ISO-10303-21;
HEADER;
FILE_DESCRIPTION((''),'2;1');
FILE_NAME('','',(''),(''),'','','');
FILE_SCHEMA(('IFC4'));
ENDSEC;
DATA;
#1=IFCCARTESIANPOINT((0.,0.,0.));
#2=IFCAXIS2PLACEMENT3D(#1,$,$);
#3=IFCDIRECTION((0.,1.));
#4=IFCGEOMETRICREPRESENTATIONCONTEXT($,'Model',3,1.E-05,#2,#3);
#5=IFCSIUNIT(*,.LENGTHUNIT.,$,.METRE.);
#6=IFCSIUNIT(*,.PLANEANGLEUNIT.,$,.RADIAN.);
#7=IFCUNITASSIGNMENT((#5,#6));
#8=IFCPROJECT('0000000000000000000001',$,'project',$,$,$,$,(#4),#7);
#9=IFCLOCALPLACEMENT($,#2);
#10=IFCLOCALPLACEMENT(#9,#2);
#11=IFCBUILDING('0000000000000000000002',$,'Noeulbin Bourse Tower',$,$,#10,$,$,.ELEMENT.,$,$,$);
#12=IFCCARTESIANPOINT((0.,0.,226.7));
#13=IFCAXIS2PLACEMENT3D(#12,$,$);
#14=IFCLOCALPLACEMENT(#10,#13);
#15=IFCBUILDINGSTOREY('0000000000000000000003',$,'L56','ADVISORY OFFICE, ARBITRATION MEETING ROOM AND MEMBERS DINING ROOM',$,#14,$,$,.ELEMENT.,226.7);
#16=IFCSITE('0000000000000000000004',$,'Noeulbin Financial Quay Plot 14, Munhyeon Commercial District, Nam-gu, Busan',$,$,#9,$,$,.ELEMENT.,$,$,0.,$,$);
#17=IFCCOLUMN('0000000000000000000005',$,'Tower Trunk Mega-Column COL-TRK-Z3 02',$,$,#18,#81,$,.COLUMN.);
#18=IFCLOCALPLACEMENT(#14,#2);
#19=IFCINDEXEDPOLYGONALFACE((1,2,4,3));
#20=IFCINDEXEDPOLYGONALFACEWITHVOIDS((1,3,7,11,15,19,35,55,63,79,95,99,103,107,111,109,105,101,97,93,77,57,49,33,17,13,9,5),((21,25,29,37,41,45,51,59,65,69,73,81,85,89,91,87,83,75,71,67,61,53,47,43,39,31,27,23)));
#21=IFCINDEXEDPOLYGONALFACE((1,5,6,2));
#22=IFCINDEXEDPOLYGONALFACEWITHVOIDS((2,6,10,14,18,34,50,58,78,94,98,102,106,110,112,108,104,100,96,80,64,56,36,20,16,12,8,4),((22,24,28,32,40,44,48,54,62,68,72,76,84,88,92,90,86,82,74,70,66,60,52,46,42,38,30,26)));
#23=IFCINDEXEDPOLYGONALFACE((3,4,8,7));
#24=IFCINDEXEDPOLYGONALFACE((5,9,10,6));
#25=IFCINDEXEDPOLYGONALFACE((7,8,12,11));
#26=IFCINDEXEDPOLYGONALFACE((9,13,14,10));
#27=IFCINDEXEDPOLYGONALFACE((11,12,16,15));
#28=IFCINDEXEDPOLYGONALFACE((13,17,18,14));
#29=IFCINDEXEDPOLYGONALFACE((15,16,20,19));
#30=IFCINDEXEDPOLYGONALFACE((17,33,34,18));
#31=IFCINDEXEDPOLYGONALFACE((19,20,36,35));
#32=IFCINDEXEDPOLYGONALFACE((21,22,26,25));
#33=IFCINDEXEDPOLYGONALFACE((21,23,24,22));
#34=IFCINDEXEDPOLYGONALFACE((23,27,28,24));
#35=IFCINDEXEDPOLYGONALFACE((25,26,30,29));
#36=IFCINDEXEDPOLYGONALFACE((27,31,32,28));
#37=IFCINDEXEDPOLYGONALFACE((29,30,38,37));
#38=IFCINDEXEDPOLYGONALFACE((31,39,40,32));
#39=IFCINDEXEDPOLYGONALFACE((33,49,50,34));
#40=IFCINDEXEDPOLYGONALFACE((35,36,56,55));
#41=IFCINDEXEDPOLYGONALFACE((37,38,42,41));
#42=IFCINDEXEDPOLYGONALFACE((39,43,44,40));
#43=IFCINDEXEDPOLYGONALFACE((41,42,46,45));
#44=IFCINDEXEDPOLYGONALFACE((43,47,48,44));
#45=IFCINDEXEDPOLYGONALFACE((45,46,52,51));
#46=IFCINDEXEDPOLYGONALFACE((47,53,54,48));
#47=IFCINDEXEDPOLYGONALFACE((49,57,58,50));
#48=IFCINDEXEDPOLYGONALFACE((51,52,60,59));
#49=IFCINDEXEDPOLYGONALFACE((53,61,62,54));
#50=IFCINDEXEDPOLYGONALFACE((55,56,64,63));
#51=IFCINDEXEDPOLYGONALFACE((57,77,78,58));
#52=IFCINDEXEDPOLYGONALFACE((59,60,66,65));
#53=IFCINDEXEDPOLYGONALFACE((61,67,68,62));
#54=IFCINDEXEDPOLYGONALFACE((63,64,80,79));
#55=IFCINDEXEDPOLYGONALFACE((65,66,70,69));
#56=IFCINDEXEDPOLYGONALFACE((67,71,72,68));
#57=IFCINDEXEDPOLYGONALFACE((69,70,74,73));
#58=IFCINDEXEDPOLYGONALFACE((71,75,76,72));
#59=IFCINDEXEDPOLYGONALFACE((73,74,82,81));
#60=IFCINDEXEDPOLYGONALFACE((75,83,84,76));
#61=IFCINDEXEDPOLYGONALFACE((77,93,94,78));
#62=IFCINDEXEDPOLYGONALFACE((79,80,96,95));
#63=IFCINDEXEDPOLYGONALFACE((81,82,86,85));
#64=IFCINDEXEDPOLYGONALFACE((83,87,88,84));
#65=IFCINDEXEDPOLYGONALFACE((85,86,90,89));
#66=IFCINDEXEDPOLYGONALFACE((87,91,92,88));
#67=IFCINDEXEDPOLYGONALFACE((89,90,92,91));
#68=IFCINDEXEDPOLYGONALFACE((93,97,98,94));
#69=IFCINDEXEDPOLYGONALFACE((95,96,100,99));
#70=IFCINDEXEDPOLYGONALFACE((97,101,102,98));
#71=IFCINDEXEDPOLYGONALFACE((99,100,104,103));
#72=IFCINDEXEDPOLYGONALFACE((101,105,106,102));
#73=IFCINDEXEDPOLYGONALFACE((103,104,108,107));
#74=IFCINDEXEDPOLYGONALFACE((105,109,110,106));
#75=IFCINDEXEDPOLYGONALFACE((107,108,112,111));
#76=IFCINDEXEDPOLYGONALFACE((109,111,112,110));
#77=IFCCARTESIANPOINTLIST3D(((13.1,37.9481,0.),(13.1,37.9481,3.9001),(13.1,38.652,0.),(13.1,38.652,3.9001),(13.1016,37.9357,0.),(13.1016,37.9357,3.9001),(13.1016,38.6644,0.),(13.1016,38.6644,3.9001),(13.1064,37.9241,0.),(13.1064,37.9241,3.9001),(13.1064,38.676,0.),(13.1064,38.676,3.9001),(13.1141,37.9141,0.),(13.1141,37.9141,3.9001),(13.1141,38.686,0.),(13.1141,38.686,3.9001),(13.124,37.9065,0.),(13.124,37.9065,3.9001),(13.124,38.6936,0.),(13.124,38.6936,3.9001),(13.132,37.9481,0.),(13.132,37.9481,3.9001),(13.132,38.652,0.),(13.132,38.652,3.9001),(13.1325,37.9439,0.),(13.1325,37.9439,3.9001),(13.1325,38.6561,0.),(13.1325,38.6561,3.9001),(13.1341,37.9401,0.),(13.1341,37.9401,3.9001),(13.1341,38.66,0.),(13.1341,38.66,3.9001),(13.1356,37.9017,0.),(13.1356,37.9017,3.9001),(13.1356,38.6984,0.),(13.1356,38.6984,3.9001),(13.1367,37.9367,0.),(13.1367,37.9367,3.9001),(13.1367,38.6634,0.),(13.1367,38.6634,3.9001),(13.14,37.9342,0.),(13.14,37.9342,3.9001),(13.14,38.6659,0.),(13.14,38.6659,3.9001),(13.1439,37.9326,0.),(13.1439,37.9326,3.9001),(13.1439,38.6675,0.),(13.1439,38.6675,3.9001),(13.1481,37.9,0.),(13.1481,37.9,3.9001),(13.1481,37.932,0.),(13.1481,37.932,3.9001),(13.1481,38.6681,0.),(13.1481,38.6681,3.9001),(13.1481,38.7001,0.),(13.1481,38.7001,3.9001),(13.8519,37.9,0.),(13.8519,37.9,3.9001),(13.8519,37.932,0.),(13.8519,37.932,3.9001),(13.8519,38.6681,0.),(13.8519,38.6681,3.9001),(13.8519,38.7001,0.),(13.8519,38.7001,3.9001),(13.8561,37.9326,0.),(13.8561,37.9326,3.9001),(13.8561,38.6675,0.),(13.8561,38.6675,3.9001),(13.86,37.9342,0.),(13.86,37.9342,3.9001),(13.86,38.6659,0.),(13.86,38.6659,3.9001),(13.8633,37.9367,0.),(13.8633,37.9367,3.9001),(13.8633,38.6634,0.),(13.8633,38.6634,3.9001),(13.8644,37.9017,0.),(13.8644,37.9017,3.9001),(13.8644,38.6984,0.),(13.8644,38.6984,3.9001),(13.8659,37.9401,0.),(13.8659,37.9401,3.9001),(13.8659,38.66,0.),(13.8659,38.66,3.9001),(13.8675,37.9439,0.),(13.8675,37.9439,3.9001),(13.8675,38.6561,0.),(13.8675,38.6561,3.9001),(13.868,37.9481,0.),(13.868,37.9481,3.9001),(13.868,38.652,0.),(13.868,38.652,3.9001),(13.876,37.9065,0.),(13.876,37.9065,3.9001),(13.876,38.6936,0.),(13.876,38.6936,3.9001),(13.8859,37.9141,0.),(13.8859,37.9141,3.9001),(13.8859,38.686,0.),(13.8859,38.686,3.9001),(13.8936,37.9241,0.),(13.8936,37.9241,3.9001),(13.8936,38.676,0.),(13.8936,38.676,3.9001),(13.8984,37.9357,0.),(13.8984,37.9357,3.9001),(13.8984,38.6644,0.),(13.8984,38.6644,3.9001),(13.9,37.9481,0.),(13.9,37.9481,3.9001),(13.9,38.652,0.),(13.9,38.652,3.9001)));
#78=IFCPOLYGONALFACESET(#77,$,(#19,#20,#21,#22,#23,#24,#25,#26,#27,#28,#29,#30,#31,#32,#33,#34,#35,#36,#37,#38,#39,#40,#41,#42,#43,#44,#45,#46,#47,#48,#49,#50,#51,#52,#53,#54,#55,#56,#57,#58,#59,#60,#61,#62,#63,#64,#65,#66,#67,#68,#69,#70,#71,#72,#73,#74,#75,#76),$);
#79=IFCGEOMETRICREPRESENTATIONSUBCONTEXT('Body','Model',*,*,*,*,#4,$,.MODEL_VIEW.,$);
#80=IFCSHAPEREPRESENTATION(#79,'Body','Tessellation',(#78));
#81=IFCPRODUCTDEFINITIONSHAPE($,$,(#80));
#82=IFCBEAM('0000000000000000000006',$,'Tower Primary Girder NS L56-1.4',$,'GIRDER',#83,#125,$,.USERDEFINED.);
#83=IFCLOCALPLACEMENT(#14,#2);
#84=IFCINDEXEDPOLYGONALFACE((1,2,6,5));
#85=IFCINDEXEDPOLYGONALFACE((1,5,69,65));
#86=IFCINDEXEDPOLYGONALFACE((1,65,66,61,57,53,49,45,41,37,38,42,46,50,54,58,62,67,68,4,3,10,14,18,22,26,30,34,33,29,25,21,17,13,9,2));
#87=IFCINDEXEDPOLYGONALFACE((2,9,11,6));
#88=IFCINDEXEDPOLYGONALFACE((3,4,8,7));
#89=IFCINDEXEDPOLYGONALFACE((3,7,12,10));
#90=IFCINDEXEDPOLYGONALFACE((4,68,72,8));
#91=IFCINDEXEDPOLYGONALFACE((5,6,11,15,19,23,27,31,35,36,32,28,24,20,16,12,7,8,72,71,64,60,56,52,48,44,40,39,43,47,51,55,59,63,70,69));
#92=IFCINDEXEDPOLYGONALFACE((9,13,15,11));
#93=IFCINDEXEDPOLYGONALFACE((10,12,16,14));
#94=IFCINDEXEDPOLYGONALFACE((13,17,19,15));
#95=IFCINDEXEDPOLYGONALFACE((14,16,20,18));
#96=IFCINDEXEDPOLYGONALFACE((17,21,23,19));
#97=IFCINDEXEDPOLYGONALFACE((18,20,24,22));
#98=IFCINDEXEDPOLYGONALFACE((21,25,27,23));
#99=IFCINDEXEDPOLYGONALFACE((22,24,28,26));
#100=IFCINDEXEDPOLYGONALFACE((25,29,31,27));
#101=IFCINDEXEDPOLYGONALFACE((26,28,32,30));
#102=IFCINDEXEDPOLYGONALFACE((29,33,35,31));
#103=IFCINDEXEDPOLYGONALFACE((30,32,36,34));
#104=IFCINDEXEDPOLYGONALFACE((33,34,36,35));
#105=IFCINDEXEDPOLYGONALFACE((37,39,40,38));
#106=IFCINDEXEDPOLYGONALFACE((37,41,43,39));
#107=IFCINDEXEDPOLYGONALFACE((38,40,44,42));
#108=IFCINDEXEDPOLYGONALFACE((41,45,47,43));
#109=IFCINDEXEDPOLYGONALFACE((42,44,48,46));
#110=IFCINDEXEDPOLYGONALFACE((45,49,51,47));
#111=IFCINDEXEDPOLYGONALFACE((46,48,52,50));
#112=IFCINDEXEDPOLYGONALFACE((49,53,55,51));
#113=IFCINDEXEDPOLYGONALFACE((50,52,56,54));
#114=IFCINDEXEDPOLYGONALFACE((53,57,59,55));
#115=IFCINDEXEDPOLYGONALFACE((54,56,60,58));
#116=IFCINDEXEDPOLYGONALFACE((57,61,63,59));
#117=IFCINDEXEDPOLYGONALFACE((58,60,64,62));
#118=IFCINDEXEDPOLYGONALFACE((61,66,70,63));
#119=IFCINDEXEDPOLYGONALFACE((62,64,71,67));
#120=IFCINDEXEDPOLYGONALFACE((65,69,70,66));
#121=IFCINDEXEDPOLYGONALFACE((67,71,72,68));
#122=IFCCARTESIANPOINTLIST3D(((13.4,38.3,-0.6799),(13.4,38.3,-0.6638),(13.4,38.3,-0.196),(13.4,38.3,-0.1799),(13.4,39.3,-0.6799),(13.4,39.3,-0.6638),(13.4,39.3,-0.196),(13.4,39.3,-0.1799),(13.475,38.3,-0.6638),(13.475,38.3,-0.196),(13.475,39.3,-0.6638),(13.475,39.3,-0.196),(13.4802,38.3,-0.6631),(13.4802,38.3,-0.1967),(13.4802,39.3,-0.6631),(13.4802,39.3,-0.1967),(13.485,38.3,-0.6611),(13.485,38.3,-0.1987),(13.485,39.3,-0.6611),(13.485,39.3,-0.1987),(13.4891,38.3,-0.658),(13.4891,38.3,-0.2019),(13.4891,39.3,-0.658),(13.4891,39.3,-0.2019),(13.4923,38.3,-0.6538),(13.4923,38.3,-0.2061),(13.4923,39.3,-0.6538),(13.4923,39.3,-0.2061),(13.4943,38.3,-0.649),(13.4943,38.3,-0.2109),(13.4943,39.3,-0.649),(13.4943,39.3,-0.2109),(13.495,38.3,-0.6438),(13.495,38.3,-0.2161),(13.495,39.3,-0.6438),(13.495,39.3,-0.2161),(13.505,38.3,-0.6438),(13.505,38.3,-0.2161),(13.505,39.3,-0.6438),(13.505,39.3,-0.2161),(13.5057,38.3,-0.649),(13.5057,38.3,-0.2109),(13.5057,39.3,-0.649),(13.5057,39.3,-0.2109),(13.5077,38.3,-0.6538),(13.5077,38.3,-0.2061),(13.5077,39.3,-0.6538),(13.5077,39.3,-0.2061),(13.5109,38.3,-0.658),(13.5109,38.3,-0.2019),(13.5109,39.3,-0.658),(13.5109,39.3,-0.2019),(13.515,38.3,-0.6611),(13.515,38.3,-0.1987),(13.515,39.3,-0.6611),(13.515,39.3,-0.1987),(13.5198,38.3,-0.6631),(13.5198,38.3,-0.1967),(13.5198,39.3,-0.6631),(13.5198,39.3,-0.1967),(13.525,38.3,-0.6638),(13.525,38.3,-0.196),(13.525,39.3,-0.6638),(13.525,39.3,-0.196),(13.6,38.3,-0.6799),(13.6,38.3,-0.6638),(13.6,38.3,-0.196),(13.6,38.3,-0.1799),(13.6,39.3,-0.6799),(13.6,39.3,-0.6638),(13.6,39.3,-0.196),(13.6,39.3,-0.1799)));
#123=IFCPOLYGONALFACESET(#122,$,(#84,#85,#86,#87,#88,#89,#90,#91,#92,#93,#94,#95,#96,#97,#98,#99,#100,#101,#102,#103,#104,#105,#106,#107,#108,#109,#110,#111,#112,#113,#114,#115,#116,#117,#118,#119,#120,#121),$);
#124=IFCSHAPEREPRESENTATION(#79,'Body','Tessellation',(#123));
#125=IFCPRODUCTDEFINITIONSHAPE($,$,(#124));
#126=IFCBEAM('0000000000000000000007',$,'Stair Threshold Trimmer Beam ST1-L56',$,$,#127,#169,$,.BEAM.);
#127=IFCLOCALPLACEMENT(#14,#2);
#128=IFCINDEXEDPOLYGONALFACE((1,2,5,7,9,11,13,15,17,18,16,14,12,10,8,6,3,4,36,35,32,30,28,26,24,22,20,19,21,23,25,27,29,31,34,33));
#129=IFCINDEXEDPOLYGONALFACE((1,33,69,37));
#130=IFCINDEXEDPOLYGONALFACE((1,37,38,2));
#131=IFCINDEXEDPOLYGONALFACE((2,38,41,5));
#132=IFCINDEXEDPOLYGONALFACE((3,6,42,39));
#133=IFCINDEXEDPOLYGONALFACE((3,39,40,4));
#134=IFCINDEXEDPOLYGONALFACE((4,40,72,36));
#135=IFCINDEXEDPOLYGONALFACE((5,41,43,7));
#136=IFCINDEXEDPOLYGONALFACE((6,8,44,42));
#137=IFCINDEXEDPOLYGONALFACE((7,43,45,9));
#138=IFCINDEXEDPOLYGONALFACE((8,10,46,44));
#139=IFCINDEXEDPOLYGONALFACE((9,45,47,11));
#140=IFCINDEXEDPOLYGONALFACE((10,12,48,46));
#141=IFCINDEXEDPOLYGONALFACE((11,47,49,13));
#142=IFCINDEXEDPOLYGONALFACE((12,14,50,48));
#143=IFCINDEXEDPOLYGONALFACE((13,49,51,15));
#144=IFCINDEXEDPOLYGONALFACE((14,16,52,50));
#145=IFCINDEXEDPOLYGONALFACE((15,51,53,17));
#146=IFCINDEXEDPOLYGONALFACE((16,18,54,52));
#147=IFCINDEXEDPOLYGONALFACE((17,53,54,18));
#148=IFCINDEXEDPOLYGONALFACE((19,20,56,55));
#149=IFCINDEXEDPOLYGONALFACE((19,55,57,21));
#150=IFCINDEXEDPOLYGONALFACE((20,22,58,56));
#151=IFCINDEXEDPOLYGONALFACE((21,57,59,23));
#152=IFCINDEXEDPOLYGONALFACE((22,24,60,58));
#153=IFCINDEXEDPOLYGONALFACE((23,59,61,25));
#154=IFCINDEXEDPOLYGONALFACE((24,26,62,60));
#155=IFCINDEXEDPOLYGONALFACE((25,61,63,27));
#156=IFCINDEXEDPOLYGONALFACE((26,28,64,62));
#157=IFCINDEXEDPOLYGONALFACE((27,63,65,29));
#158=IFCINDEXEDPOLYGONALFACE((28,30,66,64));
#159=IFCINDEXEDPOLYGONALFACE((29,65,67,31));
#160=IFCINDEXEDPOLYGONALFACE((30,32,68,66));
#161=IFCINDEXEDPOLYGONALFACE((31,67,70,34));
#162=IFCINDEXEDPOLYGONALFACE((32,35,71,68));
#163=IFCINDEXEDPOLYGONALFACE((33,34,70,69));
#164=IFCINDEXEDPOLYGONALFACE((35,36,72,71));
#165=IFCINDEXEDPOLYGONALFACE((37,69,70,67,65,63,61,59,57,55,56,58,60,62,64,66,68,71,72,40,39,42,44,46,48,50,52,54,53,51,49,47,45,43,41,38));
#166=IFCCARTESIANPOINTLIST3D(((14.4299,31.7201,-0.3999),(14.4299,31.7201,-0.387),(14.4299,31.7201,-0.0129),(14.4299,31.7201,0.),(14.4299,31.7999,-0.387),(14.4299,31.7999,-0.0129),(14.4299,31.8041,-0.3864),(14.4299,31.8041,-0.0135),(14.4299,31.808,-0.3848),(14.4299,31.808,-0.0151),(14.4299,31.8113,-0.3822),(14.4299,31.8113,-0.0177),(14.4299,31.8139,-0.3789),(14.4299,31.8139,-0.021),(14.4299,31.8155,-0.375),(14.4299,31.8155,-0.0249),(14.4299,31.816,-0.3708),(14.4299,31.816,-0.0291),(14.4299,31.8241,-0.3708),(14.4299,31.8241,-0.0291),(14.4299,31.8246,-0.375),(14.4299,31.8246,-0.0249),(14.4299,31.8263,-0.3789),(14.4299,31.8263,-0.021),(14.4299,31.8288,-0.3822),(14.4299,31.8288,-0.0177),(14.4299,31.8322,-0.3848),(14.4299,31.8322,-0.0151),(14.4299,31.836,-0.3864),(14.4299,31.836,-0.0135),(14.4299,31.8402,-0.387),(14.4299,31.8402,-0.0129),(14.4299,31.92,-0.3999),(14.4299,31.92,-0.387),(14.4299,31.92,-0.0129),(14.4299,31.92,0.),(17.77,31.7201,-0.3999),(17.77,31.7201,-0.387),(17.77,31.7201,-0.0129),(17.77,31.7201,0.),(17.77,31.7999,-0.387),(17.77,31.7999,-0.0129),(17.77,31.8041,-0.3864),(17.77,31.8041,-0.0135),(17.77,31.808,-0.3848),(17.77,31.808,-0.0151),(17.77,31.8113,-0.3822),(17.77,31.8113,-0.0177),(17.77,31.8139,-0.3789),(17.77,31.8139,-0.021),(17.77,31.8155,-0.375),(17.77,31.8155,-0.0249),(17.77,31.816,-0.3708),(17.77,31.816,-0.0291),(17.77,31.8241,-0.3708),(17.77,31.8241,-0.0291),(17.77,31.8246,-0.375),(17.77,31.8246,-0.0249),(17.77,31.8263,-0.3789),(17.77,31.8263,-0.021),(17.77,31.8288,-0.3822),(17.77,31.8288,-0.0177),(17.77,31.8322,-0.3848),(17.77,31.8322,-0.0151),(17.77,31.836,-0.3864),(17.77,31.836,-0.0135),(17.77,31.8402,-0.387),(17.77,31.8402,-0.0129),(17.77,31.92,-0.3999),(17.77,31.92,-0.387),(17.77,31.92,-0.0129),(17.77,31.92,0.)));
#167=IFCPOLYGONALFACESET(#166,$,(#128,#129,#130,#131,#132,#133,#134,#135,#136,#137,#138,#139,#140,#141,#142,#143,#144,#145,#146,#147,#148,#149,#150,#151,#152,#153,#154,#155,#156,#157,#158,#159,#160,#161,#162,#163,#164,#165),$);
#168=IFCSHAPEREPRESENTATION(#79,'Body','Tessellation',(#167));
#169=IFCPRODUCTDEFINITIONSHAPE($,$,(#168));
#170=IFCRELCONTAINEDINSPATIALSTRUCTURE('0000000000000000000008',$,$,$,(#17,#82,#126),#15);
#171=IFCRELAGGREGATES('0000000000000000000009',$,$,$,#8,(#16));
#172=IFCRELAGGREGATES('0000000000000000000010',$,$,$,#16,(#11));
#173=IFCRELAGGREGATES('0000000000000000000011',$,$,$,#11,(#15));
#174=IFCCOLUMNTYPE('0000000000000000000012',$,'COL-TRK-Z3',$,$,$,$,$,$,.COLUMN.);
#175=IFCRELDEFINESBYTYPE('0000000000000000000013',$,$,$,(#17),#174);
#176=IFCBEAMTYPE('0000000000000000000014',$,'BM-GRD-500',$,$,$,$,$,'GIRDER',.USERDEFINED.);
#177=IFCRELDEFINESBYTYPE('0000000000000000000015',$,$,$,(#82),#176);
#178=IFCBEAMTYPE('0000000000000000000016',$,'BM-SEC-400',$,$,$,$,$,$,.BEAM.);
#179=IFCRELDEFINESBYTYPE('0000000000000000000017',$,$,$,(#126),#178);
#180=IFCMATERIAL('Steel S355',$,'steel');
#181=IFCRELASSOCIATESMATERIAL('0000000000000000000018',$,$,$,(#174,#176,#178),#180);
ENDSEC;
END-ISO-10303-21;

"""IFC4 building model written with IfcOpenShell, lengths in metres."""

from ifc_helpers import new_model, si_unit, direction, frame, origin, origin_2d, place, context, subcontext, project, spatial, hollow_rectangle, i_section, extrude, material, material_profile, profile_set, type_object, element, save


model = new_model("IFC4")

# Units and contexts
model_context = context("Model", 3, precision=1e-05, world=origin(), true_north=direction((0.0, 1.0)))
body_context = subcontext(model_context, "Body", "Model", "MODEL_VIEW")
ifc_project = project(units=[si_unit("LENGTHUNIT", "METRE"), si_unit("PLANEANGLEUNIT", "RADIAN")], contexts=[model_context])

# Site, building, storey
site_placement = place(None, origin())
site = spatial("IfcSite", under=ifc_project, at=site_placement, Name="Noeulbin Financial Quay Plot 14, Munhyeon Commercial District, Nam-gu, Busan", CompositionType="ELEMENT", RefElevation=0.0)
building_placement = place(site_placement, origin())
building = spatial("IfcBuilding", under=site, at=building_placement, Name="Noeulbin Bourse Tower", CompositionType="ELEMENT")
storey_placement = place(building_placement, frame((0.0, 0.0, 226.7)))
storey = spatial("IfcBuildingStorey", under=building, at=storey_placement, Name="L56", Description="ADVISORY OFFICE, ARBITRATION MEETING ROOM AND MEMBERS DINING ROOM", CompositionType="ELEMENT", Elevation=226.7)

# Column
ifc_material_1 = material(Name="Steel S355", Category="steel")
ifc_material_profile_1 = material_profile(ifc_material_1, hollow_rectangle(XDim=0.8, YDim=0.8, WallThickness=0.032, InnerFilletRadius=0.0161, OuterFilletRadius=0.0481, at=origin_2d()), Name="BOX-800x800x32", Category="LoadBearing")
ifc_profile_set_1 = profile_set([ifc_material_profile_1], Name="Steel S355")
column_type = type_object("IfcColumnType", Name="COL-TRK-Z3", PredefinedType="COLUMN", material=ifc_profile_set_1)
column_placement = place(storey_placement, frame((13.5, 38.3, 0.0), z_axis=(0.0, 0.0, 1.0), x_axis=(1.0, 0.0, 0.0)))
element("IfcColumn", 1, at=column_placement, inside=storey, type_object=column_type, Name="Tower Trunk Mega-Column COL-TRK-Z3 02", PredefinedType="COLUMN", context=body_context, shape_type="SweptSolid", body=[
    extrude(hollow_rectangle(XDim=0.8, YDim=0.8, WallThickness=0.032, InnerFilletRadius=0.0161, OuterFilletRadius=0.0481, at=origin_2d()), origin(), (0.0, 0.0, 1.0), 3.9001),
])

# Beams
ifc_material_profile_2 = material_profile(ifc_material_1, i_section(OverallWidth=0.2, OverallDepth=0.5, WebThickness=0.01, FlangeThickness=0.0161, FilletRadius=0.02, at=origin_2d()), Name="H-500x200x10x16", Category="LoadBearing")
ifc_profile_set_2 = profile_set([ifc_material_profile_2], Name="Steel S355")
beam_type_1 = type_object("IfcBeamType", Name="BM-GRD-500", ElementType="GIRDER", PredefinedType="USERDEFINED", material=ifc_profile_set_2)
beam_1_placement = place(storey_placement, frame((13.5, 38.3, -0.4299), z_axis=(0.0, 1.0, 0.0), x_axis=(-1.0, 0.0, 0.0)))
element("IfcBeam", 2, at=beam_1_placement, inside=storey, type_object=beam_type_1, Name="Tower Primary Girder NS L56-1.4", ObjectType="GIRDER", PredefinedType="USERDEFINED", context=body_context, shape_type="SweptSolid", body=[
    extrude(i_section(OverallWidth=0.2, OverallDepth=0.5, WebThickness=0.01, FlangeThickness=0.0161, FilletRadius=0.02, at=origin_2d()), origin(), (0.0, 0.0, 1.0), 1.0),
])
ifc_material_profile_3 = material_profile(ifc_material_1, i_section(OverallWidth=0.2, OverallDepth=0.3999, WebThickness=0.0081, FlangeThickness=0.0129, FilletRadius=0.0161, at=origin_2d()), Name="H-400x200x8x13", Category="LoadBearing")
ifc_profile_set_3 = profile_set([ifc_material_profile_3], Name="Steel S355")
beam_type_2 = type_object("IfcBeamType", Name="BM-SEC-400", PredefinedType="BEAM", material=ifc_profile_set_3)
beam_2_placement = place(storey_placement, frame((14.4299, 31.8201, -0.2), z_axis=(1.0, 0.0, 0.0), x_axis=(0.0, 1.0, 0.0)))
element("IfcBeam", 3, at=beam_2_placement, inside=storey, type_object=beam_type_2, Name="Stair Threshold Trimmer Beam ST1-L56", PredefinedType="BEAM", context=body_context, shape_type="SweptSolid", body=[
    extrude(i_section(OverallWidth=0.2, OverallDepth=0.3999, WebThickness=0.0081, FlangeThickness=0.0129, FilletRadius=0.0161, at=origin_2d()), origin(), (0.0, 0.0, 1.0), 3.3401),
])

save(model, "model.ifc")
